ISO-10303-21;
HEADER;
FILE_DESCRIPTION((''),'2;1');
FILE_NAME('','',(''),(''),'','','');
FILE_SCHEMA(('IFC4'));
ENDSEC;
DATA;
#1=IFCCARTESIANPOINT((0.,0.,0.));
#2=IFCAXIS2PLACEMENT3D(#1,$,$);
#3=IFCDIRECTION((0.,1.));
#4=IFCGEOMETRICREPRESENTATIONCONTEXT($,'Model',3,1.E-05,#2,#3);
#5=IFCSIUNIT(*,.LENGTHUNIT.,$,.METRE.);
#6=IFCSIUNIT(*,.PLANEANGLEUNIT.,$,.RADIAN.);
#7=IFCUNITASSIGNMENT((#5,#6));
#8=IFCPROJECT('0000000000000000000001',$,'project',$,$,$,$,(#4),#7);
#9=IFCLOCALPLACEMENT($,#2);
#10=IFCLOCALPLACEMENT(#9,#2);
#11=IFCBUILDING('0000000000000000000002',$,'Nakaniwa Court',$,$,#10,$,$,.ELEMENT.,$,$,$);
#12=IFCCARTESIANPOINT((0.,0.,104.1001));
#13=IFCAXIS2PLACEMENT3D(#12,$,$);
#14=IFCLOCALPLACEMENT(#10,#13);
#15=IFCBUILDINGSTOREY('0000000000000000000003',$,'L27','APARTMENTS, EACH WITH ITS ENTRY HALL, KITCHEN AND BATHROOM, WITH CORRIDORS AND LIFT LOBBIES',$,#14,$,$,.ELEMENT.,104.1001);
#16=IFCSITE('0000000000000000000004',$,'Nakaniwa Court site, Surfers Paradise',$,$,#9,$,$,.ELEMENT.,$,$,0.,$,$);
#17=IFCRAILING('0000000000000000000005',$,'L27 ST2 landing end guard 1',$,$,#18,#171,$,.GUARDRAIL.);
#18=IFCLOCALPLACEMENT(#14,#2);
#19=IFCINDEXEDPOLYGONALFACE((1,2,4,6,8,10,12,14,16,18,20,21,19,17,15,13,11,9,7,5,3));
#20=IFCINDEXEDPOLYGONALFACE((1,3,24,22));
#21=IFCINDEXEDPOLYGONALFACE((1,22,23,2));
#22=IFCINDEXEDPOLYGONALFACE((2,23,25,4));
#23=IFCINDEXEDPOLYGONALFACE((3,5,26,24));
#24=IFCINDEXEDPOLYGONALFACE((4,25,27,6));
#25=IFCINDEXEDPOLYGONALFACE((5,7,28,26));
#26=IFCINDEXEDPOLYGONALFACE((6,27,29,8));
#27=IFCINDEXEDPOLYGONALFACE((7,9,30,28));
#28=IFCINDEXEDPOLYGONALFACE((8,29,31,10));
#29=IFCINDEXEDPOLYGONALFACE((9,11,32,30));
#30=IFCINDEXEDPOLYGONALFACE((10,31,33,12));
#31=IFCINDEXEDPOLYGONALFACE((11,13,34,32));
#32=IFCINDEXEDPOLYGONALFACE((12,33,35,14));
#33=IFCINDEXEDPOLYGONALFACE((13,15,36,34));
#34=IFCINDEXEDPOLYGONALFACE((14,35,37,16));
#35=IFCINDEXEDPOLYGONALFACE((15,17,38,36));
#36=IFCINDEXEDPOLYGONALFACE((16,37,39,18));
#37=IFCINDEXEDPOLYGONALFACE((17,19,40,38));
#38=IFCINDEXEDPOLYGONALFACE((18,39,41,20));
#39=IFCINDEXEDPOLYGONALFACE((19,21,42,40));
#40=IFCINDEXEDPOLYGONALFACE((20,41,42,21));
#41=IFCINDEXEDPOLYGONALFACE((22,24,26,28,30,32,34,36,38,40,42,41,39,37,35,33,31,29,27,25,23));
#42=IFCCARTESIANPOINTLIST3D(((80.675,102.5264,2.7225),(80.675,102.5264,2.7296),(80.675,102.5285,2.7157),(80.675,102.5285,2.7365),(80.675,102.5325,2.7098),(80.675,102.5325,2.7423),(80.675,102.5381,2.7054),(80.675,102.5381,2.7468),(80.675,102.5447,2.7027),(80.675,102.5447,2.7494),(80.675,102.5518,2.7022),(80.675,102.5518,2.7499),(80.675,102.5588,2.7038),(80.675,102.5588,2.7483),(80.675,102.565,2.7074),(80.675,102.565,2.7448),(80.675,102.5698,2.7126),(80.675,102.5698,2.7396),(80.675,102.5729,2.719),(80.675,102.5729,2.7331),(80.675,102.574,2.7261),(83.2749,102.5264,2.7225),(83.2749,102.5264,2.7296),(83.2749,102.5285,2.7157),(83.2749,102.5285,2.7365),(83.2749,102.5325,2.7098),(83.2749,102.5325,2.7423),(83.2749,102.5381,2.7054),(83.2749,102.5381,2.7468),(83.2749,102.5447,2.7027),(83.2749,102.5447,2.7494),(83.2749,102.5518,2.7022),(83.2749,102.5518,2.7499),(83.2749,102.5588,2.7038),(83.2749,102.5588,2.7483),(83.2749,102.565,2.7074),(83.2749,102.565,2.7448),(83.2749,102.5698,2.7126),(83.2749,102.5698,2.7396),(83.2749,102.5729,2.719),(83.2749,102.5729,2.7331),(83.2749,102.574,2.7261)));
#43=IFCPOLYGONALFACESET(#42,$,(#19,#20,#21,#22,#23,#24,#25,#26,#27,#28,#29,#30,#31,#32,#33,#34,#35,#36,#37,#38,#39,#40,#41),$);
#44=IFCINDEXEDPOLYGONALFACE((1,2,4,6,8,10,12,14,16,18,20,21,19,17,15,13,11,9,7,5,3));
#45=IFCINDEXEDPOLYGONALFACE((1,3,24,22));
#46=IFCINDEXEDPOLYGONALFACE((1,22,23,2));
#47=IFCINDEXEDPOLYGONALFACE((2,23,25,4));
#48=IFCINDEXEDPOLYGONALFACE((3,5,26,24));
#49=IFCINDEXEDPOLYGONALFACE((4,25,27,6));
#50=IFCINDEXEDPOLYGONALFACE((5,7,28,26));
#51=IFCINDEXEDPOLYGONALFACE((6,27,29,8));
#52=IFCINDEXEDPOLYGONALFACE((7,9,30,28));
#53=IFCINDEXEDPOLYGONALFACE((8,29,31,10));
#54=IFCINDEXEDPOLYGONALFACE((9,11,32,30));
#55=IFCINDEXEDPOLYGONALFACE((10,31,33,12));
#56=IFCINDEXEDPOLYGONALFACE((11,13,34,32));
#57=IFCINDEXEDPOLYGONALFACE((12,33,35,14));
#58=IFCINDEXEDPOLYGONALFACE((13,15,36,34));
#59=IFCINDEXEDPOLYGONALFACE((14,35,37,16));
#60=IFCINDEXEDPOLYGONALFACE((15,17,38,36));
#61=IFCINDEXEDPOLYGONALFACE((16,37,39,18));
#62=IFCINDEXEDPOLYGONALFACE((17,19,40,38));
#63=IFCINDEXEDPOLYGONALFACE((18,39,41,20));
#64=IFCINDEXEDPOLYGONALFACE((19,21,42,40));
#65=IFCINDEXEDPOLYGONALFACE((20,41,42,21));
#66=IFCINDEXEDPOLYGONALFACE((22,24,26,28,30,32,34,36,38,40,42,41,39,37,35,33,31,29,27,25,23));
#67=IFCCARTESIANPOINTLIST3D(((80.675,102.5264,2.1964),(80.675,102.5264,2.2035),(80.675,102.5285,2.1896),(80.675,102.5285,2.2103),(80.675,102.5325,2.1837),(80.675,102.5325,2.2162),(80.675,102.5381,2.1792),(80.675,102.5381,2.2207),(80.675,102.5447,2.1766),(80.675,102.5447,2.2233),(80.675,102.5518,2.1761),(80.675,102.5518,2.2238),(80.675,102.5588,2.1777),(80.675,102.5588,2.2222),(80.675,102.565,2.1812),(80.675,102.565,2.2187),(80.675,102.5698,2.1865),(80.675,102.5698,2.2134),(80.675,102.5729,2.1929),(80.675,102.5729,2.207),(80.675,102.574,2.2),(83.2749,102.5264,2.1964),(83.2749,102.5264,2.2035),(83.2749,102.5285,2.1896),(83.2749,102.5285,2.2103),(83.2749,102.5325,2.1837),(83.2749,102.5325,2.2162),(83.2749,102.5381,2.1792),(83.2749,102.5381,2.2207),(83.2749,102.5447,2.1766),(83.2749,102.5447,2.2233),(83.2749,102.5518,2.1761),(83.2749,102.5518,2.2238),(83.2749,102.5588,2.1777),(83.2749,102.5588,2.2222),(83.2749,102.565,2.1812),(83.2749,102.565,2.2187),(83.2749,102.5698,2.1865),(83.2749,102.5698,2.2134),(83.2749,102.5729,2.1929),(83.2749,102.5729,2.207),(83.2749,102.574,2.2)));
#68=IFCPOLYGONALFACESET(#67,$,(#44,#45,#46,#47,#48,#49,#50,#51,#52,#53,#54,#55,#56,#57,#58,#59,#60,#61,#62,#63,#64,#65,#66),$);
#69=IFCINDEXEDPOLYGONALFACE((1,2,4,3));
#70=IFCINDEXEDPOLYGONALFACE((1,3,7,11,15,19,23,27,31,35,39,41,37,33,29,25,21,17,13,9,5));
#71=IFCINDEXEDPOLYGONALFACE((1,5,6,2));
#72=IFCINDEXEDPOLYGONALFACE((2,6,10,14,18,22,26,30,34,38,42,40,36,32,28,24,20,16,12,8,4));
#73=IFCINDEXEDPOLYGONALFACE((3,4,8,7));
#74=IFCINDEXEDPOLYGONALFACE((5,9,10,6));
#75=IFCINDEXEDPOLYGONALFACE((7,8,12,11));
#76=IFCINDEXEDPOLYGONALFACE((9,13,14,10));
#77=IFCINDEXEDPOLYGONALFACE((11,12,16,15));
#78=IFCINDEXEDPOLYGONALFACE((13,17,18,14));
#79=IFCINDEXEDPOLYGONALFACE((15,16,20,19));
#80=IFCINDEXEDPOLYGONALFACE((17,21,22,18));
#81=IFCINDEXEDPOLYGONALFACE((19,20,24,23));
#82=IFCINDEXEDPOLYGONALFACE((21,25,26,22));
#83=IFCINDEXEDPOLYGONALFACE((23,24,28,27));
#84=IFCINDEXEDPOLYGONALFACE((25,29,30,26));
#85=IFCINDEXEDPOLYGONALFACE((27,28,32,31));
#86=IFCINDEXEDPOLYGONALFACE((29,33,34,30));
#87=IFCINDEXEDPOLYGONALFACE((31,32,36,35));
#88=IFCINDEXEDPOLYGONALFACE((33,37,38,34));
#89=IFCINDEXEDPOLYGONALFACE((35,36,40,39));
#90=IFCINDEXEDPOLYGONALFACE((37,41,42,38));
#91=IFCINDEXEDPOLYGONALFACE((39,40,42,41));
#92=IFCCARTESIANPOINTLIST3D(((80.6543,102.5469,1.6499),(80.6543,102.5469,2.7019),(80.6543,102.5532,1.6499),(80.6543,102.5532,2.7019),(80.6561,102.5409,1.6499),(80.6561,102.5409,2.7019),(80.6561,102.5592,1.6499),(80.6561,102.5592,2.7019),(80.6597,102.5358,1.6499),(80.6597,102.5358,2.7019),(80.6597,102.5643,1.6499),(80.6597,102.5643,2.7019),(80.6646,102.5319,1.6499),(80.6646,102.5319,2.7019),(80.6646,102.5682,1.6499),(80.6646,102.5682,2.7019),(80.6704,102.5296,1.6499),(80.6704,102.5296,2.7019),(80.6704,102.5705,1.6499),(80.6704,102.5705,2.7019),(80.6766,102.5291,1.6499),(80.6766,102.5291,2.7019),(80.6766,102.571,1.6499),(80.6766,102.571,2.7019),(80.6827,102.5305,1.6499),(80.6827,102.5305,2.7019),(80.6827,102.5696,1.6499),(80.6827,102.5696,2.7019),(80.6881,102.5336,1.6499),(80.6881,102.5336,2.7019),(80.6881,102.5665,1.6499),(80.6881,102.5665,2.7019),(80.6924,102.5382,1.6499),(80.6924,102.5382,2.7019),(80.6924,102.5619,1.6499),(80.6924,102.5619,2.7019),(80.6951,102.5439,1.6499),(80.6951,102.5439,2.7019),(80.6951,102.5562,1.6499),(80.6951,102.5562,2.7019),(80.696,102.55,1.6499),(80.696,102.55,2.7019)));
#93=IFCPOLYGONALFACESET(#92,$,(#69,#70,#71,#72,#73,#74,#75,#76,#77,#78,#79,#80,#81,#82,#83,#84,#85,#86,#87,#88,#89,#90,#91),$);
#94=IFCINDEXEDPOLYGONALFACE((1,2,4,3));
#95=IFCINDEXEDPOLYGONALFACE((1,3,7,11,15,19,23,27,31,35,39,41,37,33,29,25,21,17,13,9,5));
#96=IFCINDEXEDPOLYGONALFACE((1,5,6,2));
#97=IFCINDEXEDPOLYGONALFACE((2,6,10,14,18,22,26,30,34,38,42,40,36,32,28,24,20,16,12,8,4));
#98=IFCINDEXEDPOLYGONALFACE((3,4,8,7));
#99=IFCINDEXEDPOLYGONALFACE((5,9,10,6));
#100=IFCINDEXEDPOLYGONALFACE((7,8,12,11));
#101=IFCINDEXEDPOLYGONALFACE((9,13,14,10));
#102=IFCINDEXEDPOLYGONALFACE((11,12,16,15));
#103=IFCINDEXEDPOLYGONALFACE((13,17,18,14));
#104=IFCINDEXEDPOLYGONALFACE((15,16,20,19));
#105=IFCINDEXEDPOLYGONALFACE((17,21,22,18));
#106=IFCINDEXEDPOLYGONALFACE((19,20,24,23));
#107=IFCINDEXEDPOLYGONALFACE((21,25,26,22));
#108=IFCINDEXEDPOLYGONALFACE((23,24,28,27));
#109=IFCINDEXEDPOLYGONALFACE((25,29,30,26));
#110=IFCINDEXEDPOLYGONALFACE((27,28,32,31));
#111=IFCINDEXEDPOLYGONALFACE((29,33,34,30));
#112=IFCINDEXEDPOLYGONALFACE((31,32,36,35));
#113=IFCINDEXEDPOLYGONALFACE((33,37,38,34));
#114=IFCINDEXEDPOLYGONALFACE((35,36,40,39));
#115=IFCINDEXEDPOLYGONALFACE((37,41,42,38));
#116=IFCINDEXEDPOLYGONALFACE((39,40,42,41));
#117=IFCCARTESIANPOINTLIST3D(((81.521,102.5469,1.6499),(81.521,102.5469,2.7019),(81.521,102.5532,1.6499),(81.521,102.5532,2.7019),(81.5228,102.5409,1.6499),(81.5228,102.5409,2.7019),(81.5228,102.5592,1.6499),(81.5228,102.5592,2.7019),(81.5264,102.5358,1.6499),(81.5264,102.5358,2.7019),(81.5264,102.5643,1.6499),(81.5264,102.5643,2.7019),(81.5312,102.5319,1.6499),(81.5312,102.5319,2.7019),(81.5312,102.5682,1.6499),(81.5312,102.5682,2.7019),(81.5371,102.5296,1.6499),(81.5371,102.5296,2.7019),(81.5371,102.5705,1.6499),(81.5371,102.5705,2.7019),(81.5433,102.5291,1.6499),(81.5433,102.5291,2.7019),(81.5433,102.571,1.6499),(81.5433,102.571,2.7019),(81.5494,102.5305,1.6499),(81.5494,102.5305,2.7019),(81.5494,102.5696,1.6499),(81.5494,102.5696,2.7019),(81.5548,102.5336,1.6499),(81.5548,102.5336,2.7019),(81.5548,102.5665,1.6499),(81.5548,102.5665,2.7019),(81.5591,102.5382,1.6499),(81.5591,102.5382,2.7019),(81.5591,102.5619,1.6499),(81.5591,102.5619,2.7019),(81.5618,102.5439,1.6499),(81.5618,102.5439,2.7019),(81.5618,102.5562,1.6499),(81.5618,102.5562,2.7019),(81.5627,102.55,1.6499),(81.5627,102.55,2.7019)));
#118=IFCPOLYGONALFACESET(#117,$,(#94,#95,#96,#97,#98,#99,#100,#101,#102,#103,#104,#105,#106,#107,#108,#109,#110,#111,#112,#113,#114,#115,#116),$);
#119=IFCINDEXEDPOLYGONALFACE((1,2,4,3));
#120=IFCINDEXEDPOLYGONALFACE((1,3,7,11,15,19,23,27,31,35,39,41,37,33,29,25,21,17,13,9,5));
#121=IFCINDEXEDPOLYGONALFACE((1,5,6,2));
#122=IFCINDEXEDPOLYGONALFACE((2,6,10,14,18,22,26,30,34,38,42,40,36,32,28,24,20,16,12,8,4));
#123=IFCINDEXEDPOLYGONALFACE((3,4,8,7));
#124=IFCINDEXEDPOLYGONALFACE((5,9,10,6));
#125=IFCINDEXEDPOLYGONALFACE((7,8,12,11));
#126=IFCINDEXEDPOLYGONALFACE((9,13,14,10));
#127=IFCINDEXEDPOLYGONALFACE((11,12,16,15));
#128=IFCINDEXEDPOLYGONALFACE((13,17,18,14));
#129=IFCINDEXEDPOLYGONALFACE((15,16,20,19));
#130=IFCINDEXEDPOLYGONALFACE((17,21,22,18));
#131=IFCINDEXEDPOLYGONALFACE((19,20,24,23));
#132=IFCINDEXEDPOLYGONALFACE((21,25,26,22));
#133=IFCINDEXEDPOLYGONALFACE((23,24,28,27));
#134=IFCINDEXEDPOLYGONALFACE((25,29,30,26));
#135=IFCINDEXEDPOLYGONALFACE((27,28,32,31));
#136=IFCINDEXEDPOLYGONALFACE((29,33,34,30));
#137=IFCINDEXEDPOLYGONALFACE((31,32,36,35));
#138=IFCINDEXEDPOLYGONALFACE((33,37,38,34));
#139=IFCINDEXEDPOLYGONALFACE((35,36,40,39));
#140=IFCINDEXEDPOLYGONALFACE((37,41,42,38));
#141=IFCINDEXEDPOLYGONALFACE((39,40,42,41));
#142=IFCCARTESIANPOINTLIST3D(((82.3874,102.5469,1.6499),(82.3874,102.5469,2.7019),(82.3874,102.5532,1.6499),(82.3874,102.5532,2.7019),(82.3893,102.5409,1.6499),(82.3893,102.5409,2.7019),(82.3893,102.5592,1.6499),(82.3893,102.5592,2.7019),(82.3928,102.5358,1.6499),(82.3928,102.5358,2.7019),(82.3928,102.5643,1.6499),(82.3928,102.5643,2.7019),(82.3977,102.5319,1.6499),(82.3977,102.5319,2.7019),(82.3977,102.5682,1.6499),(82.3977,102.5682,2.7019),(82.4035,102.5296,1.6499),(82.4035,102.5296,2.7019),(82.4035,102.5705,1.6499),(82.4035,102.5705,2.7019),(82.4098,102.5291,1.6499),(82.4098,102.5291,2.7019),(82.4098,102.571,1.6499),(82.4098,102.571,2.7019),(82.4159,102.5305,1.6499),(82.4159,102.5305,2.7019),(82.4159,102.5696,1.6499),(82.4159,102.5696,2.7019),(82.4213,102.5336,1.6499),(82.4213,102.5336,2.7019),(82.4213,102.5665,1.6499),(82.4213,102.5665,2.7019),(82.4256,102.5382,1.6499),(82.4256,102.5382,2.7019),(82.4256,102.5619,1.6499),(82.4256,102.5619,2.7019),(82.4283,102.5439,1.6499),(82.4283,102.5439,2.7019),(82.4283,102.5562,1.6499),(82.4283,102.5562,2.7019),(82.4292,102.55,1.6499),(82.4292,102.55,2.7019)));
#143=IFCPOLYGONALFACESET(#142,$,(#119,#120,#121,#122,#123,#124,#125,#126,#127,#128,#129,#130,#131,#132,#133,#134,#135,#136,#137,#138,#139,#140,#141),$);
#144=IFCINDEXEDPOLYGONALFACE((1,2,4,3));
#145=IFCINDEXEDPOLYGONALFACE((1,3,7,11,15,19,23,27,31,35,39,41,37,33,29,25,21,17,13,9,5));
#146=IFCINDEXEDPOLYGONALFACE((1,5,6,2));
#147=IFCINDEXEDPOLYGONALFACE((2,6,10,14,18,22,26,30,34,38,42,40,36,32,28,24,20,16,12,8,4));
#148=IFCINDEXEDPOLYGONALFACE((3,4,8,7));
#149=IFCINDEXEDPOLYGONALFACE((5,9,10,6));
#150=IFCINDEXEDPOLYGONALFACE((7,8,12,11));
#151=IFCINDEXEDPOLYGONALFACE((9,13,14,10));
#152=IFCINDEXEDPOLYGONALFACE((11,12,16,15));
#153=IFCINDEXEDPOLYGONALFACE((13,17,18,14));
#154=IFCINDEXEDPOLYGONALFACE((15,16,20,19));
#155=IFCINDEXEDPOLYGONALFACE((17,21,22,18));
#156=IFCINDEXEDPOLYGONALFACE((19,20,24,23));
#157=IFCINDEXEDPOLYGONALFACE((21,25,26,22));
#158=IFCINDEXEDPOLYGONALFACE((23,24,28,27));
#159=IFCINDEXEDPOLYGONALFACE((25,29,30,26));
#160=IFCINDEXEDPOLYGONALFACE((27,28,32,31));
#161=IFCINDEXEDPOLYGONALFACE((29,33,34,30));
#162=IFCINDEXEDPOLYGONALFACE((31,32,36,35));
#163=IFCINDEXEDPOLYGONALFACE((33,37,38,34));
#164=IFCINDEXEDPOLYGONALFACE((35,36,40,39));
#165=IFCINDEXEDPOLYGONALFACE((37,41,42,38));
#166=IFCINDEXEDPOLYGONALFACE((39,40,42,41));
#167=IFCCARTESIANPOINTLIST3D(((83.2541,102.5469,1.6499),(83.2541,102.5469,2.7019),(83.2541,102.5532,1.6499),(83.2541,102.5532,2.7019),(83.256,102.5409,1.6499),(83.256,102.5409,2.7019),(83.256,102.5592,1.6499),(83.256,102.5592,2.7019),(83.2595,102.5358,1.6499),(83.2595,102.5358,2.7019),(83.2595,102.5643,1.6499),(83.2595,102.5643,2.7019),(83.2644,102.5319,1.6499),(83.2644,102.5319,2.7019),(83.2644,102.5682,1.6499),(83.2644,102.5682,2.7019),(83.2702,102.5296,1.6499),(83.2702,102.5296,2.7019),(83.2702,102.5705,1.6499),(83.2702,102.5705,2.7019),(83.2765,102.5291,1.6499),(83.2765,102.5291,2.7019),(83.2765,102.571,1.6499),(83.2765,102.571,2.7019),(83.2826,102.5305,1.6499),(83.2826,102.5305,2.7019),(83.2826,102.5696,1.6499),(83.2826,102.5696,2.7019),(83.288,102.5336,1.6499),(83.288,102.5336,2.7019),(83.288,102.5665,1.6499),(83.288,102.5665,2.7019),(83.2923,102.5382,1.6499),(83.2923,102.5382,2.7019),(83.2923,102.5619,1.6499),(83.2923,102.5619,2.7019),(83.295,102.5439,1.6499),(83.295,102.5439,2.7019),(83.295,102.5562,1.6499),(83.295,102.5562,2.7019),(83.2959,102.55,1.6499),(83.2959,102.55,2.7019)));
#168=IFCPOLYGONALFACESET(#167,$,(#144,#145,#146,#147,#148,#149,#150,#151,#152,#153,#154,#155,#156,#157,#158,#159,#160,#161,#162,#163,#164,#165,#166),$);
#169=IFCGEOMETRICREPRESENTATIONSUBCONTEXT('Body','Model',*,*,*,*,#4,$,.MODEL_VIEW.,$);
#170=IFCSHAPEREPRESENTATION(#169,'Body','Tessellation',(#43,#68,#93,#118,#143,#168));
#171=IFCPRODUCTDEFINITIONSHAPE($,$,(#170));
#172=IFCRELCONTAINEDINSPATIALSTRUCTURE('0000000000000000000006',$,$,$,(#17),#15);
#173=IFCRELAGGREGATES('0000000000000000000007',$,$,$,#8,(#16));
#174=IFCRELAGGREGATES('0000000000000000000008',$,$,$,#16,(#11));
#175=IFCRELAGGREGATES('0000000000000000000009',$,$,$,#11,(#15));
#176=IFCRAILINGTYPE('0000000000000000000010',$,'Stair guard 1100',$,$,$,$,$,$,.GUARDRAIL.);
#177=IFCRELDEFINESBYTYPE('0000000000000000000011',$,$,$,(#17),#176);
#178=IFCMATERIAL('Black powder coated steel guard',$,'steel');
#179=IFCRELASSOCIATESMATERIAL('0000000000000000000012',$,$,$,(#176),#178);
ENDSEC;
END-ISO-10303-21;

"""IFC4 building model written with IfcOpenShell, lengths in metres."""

from ifc_helpers import new_model, si_unit, direction, frame, origin, origin_2d, place, context, subcontext, project, spatial, circle, extrude, material, type_object, element, save


model = new_model("IFC4")

# Units and contexts
model_context = context("Model", 3, precision=1e-05, world=origin(), true_north=direction((0.0, 1.0)))
body_context = subcontext(model_context, "Body", "Model", "MODEL_VIEW")
ifc_project = project(units=[si_unit("LENGTHUNIT", "METRE"), si_unit("PLANEANGLEUNIT", "RADIAN")], contexts=[model_context])

# Site, building, storey
site_placement = place(None, origin())
site = spatial("IfcSite", under=ifc_project, at=site_placement, Name="Nakaniwa Court site, Surfers Paradise", CompositionType="ELEMENT", RefElevation=0.0)
building_placement = place(site_placement, origin())
building = spatial("IfcBuilding", under=site, at=building_placement, Name="Nakaniwa Court", CompositionType="ELEMENT")
storey_placement = place(building_placement, frame((0.0, 0.0, 104.1001)))
storey = spatial("IfcBuildingStorey", under=building, at=storey_placement, Name="L27", Description="APARTMENTS, EACH WITH ITS ENTRY HALL, KITCHEN AND BATHROOM, WITH CORRIDORS AND LIFT LOBBIES", CompositionType="ELEMENT", Elevation=104.1001)

# Railing
ifc_material_1 = material(Name="Black powder coated steel guard", Category="steel")
railing_type_1 = type_object("IfcRailingType", Name="Stair guard 1100", PredefinedType="GUARDRAIL", material=ifc_material_1)
railing_1_placement = place(storey_placement, frame((80.675, 102.55, 1.6499)))
element("IfcRailing", 1, at=railing_1_placement, inside=storey, type_object=railing_type_1, Name="L27 ST2 landing end guard 1", PredefinedType="GUARDRAIL", context=body_context, shape_type="SweptSolid", body=[
    extrude(circle(Radius=0.0239, at=origin_2d()), frame((0.0, 0.0, 1.0762), z_axis=(1.0, 0.0, 0.0), x_axis=(0.0, 1.0, 0.0)), (0.0, 0.0, 1.0), 2.5999),
    extrude(circle(Radius=0.0239, at=origin_2d()), frame((0.0, 0.0, 0.55), z_axis=(1.0, 0.0, 0.0), x_axis=(0.0, 1.0, 0.0)), (0.0, 0.0, 1.0), 2.5999),
    extrude(circle(Radius=0.021, at=origin_2d()), origin(), (0.0, 0.0, 1.0), 1.052),
    extrude(circle(Radius=0.021, at=origin_2d()), frame((0.8667, 0.0, 0.0)), (0.0, 0.0, 1.0), 1.052),
    extrude(circle(Radius=0.021, at=origin_2d()), frame((1.7332, 0.0, 0.0)), (0.0, 0.0, 1.0), 1.052),
    extrude(circle(Radius=0.021, at=origin_2d()), frame((2.5999, 0.0, 0.0)), (0.0, 0.0, 1.0), 1.052),
])

save(model, "model.ifc")
